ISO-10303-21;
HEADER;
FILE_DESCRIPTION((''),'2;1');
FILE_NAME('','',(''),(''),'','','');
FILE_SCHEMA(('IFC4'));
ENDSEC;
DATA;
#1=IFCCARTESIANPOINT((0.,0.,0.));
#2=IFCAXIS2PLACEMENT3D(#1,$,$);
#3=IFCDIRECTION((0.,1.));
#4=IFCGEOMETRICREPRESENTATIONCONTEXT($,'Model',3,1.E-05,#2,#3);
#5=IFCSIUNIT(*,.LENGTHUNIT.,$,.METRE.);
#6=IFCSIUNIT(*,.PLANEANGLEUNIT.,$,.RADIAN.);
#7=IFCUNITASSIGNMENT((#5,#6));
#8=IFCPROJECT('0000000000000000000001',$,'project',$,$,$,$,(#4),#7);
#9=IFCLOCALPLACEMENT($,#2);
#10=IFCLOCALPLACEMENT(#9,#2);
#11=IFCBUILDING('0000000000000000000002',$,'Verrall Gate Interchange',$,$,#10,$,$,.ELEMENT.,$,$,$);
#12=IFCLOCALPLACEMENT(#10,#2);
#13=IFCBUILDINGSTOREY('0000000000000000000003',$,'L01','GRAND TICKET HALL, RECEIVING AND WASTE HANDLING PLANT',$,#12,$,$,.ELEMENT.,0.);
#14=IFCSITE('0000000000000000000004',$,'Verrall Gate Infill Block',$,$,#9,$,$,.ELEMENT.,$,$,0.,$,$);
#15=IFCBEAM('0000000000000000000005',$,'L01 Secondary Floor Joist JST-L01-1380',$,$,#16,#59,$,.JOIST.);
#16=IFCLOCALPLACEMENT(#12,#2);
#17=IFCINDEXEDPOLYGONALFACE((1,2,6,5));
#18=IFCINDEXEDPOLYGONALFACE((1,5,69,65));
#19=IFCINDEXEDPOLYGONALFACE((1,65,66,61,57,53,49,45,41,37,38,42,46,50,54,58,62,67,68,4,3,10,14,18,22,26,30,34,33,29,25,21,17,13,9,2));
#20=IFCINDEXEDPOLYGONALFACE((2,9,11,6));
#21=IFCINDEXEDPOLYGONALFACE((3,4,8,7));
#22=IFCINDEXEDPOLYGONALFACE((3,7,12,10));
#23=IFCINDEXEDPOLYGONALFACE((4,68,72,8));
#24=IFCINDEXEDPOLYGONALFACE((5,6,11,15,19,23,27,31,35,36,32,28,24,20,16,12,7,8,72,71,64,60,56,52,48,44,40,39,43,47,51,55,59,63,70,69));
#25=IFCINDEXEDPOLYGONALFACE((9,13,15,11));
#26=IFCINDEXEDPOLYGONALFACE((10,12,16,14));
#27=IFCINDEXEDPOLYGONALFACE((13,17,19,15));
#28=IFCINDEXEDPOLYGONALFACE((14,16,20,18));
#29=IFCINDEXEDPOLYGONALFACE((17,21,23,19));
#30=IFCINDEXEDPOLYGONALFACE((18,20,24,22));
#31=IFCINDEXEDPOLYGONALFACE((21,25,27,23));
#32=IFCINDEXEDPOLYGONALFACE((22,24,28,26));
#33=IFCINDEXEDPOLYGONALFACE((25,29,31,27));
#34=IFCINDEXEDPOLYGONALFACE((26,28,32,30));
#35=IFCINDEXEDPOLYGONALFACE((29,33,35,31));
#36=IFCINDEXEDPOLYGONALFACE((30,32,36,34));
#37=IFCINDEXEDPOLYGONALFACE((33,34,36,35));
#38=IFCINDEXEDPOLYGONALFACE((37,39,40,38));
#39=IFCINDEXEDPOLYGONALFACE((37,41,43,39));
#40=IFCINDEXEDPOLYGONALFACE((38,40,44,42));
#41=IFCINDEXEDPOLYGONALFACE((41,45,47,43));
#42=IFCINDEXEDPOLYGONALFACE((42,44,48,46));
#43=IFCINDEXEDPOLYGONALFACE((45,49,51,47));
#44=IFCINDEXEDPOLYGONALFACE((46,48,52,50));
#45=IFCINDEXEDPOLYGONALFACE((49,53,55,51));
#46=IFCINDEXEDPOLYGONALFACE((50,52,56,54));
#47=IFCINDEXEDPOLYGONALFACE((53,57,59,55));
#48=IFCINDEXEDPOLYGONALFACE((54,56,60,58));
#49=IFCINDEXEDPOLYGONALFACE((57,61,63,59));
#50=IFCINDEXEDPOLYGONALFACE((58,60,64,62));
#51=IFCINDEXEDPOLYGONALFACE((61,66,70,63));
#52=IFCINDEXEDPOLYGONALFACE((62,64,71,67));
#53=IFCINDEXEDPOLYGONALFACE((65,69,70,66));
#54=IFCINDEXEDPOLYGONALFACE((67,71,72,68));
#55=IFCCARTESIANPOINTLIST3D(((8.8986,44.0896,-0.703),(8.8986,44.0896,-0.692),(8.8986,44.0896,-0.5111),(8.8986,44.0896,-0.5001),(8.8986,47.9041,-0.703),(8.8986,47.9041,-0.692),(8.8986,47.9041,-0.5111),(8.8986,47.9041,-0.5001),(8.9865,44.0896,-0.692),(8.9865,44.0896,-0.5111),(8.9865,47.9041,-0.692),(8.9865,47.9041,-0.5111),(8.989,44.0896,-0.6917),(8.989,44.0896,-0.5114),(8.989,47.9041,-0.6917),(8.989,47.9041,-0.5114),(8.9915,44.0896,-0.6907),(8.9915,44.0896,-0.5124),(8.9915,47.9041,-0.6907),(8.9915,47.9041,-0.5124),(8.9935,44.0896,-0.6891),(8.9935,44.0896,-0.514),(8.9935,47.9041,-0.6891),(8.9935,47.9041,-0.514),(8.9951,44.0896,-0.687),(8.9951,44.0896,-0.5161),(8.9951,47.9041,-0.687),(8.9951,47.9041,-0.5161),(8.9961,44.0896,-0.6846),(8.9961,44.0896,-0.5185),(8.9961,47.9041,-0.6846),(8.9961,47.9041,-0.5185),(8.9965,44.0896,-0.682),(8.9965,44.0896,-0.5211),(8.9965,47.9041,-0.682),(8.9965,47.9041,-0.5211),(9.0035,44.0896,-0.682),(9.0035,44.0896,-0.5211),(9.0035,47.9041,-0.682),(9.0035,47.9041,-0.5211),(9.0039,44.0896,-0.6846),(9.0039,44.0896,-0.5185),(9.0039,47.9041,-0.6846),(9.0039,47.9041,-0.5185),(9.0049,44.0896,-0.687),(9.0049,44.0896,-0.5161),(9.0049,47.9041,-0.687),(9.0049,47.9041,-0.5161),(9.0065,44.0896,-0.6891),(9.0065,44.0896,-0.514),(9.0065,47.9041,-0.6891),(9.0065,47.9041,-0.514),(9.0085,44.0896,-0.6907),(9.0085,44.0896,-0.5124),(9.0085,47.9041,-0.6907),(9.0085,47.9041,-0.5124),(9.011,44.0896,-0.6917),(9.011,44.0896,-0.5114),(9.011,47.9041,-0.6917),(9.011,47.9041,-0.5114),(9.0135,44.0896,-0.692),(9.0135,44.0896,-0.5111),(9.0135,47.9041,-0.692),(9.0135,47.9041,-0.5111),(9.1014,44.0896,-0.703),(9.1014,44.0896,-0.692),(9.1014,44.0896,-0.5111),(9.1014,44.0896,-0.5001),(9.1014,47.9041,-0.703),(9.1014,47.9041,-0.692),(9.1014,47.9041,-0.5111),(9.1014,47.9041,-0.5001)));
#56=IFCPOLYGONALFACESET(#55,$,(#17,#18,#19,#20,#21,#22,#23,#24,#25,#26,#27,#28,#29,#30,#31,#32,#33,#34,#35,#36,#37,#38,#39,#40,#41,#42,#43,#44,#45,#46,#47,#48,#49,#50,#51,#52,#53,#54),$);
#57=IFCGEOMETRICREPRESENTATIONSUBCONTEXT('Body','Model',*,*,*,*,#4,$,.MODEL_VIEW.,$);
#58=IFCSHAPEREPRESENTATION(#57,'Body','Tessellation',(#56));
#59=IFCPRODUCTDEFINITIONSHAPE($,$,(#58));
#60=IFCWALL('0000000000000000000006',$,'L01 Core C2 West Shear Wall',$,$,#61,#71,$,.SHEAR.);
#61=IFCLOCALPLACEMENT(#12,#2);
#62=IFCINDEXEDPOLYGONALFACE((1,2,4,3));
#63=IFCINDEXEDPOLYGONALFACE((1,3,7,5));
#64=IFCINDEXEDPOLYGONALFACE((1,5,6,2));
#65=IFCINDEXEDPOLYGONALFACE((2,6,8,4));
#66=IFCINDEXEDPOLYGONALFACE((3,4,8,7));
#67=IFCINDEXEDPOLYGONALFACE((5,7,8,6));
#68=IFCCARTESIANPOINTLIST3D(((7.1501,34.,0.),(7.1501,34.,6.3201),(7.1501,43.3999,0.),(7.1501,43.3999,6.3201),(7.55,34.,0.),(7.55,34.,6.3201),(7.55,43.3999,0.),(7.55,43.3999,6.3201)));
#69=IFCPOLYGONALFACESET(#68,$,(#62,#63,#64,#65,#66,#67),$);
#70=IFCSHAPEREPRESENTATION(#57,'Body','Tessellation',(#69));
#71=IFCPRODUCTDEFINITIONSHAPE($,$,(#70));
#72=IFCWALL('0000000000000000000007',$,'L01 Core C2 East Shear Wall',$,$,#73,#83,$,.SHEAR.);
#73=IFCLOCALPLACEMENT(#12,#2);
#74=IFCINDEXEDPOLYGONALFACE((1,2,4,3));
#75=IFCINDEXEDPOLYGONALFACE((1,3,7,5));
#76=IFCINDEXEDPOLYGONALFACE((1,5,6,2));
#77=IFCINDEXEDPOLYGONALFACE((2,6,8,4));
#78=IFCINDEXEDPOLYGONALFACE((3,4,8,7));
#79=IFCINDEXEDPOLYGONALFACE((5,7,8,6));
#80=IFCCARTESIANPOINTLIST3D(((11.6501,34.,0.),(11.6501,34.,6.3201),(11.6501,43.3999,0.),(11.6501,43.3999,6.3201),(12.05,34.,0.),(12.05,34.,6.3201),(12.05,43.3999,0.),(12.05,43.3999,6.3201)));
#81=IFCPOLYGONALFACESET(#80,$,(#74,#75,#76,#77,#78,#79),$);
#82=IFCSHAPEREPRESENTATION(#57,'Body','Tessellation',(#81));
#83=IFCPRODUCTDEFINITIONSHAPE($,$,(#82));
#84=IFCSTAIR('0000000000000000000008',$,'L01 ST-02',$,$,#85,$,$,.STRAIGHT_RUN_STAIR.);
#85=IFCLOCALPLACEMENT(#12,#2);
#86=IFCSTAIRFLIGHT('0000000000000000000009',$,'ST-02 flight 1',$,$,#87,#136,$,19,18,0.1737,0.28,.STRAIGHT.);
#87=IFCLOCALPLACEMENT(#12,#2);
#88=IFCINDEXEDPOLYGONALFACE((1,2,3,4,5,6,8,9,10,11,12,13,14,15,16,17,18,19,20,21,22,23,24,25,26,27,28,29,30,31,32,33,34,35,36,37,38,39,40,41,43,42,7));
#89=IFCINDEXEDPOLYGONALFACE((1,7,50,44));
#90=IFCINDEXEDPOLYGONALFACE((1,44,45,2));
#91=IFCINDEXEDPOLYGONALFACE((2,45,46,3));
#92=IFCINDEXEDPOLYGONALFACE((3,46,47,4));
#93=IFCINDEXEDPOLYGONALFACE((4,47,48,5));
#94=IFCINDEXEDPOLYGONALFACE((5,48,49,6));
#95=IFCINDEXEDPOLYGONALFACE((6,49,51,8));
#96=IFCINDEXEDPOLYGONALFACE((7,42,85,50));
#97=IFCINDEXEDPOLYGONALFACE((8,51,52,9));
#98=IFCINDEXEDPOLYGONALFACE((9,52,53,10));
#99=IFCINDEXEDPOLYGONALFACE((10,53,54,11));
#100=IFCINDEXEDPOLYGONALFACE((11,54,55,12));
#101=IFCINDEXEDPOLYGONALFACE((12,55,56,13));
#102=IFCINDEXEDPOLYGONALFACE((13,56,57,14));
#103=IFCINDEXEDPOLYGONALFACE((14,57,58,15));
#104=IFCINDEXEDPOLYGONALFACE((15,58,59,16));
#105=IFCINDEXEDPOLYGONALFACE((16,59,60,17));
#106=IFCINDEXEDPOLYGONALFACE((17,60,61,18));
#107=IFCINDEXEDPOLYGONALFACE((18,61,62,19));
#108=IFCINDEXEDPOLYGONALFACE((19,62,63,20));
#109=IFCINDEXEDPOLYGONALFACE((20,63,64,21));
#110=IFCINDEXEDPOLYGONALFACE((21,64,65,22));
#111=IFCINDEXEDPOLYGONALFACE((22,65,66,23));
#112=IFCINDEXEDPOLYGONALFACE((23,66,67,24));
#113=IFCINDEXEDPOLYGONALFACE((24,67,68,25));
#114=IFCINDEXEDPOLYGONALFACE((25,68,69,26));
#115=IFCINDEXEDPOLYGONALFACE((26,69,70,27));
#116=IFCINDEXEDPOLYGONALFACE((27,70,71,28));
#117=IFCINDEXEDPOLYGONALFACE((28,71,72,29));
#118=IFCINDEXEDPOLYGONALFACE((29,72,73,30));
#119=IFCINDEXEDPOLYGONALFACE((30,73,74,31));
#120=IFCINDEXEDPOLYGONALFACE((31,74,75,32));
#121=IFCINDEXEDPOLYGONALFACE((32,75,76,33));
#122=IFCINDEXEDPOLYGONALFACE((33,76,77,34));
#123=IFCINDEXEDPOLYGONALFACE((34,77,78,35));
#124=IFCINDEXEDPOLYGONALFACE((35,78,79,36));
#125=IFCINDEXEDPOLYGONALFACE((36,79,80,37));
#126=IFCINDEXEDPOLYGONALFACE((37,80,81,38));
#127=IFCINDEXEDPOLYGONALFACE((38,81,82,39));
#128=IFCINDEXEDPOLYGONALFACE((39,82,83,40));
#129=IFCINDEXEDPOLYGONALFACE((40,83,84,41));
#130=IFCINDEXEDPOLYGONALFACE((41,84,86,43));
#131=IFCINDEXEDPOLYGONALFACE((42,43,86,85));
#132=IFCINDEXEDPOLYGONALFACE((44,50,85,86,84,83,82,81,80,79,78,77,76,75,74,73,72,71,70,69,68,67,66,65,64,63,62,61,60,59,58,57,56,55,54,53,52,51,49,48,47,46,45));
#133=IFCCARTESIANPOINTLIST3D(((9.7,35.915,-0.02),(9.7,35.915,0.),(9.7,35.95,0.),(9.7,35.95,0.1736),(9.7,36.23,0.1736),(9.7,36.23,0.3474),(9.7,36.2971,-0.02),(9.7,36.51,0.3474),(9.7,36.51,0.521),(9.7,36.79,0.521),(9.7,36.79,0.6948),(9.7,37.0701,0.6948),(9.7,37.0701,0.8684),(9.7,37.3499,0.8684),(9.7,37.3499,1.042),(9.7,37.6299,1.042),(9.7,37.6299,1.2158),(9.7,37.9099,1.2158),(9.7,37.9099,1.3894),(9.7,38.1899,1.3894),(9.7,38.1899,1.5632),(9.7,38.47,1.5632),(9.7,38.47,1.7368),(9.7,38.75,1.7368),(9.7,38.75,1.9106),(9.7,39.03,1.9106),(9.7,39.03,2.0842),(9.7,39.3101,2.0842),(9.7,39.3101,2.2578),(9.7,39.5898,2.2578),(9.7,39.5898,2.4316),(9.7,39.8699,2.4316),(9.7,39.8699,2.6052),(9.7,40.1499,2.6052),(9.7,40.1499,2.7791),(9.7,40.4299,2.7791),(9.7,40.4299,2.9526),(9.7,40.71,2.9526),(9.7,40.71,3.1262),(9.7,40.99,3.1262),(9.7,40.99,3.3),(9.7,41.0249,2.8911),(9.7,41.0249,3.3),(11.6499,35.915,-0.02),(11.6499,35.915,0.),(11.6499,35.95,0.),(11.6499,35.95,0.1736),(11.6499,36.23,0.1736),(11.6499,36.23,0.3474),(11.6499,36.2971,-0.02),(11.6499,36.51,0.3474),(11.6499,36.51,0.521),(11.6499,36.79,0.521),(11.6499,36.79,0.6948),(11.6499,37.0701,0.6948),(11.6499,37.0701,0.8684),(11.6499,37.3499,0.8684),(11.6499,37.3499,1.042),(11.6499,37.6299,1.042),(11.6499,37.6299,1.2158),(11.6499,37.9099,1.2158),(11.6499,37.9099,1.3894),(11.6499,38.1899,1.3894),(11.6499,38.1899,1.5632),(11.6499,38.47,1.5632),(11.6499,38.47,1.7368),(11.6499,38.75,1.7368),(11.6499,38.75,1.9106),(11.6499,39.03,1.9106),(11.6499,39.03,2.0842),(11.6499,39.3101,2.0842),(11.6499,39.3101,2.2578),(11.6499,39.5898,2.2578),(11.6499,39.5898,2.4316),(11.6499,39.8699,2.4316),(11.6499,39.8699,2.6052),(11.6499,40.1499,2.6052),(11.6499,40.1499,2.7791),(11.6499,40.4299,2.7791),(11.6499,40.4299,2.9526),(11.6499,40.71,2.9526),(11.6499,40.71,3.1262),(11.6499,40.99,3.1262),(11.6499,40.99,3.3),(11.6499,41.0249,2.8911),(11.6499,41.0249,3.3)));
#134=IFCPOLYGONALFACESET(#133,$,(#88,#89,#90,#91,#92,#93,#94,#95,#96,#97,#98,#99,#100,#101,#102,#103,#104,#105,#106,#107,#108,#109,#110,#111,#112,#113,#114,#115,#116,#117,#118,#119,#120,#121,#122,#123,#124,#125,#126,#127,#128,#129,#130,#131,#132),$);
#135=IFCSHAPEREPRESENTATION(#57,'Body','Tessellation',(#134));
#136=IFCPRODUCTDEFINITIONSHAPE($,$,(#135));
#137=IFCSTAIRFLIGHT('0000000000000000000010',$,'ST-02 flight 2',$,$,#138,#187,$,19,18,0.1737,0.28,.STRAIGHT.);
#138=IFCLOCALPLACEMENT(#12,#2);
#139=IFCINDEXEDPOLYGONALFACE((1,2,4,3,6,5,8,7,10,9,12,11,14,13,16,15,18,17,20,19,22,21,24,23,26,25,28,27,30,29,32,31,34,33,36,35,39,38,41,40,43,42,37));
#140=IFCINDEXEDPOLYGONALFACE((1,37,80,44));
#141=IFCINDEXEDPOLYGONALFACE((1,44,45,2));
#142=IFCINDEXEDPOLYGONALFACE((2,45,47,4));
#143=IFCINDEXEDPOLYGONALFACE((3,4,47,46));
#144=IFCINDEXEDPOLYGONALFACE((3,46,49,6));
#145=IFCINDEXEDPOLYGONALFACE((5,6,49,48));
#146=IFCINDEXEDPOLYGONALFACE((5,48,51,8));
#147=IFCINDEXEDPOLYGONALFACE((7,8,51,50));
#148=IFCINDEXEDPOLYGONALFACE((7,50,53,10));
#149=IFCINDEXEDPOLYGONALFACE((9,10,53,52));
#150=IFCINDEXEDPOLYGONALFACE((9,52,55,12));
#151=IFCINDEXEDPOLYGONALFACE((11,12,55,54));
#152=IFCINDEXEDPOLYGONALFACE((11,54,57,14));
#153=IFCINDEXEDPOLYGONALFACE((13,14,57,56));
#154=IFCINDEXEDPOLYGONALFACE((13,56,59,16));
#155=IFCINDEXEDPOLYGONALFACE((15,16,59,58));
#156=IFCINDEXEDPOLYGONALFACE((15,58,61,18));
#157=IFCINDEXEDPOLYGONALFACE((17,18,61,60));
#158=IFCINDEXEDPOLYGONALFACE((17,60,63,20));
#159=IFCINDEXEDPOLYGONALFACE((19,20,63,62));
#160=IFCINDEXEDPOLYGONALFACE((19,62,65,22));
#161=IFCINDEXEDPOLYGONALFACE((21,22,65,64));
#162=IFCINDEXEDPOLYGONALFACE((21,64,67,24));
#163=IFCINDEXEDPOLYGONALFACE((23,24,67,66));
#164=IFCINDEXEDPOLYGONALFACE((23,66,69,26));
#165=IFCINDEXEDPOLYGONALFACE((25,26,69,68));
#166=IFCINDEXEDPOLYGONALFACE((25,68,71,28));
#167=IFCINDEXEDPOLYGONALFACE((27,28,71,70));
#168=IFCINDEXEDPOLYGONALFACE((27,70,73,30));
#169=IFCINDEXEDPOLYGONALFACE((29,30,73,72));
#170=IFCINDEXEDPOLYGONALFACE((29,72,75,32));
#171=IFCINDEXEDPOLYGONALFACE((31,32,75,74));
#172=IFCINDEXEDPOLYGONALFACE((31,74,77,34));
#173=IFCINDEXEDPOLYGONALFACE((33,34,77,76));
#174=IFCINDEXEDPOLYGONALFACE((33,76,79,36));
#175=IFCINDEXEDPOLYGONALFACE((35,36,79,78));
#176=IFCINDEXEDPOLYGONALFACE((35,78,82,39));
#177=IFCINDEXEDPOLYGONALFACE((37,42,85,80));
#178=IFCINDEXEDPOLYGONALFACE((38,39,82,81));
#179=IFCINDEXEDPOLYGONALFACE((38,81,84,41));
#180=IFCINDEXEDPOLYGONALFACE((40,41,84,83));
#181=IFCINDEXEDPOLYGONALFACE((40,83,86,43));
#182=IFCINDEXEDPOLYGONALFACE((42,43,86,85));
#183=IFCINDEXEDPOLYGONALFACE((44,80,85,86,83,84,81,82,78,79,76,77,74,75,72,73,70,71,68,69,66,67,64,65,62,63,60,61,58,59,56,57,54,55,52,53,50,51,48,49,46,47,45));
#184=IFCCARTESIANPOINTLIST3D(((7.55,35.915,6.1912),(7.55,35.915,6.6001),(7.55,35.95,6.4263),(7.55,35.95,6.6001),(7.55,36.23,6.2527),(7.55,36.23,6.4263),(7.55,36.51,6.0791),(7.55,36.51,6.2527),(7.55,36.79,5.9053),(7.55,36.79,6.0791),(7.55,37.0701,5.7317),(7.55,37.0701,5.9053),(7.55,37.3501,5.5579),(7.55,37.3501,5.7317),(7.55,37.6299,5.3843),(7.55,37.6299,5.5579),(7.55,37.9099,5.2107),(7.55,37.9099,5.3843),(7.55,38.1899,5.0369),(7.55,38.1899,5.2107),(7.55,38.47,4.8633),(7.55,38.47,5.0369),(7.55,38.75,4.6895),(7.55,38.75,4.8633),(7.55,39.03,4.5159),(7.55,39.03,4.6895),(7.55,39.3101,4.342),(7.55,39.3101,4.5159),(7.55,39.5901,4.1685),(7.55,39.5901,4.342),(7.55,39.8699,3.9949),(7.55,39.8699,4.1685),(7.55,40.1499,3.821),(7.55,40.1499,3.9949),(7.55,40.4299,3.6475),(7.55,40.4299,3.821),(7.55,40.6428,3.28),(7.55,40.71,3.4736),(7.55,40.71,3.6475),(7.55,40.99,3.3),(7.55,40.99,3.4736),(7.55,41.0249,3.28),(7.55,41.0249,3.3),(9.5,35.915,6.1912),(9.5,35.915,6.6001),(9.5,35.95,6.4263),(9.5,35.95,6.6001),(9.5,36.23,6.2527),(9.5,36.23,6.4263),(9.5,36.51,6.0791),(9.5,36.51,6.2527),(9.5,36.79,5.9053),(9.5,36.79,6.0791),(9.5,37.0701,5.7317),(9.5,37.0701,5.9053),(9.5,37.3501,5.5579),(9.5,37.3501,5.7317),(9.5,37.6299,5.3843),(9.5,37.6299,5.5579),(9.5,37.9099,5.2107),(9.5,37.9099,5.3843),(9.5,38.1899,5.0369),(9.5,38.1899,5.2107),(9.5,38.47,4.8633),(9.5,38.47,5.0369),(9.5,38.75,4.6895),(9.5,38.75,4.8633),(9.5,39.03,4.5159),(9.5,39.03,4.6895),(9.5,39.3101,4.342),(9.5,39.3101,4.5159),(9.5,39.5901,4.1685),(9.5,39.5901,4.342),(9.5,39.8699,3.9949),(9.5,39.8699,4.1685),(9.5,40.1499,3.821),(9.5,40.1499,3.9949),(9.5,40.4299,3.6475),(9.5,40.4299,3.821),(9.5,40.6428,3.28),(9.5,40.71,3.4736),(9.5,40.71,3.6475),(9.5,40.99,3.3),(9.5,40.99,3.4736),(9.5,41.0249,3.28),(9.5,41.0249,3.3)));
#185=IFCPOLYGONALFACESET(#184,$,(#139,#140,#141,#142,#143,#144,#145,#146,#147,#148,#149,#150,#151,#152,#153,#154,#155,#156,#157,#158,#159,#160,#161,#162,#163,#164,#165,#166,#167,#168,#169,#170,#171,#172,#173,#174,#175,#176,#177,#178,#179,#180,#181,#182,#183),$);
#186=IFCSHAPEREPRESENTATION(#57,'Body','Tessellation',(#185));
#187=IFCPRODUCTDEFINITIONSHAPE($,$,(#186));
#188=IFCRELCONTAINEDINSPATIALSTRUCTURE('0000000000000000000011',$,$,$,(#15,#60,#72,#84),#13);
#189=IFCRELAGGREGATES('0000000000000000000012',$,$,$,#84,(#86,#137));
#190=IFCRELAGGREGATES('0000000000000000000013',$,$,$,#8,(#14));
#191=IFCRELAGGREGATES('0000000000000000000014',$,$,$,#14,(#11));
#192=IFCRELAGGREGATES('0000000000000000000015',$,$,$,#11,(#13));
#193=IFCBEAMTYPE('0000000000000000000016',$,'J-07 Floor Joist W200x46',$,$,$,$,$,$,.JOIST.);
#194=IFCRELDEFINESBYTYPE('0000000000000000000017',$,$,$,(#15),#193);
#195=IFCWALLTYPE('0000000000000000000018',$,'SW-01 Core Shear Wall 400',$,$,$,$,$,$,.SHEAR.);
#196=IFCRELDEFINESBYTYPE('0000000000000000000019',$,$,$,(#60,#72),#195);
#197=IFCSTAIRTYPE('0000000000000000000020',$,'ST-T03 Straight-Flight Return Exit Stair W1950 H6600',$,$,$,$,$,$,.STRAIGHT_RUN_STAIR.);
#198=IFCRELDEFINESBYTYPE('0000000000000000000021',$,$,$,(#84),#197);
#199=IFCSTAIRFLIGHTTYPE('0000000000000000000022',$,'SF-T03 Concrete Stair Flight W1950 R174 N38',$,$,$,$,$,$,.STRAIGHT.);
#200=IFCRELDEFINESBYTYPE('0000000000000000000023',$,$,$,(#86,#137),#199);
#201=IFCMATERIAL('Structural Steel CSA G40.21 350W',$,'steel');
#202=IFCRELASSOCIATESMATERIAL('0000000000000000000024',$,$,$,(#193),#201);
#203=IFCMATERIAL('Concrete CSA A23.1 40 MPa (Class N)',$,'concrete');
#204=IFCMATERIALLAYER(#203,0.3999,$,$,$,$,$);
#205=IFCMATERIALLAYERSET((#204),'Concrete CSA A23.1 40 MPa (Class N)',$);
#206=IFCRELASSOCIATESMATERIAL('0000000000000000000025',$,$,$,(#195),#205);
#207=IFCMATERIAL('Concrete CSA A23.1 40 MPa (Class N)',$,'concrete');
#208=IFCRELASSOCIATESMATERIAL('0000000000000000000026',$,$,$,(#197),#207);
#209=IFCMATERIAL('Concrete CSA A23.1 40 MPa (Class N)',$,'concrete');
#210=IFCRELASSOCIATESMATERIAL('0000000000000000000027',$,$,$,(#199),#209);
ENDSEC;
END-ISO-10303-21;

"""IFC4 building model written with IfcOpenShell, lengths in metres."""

from ifc_helpers import new_model, si_unit, direction, frame, frame_2d, origin, origin_2d, place, context, subcontext, project, spatial, polyline, rectangle, i_section, outline, extrude, material, layer, layer_set, material_profile, profile_set, type_object, element, aggregate, save


model = new_model("IFC4")

# Units and contexts
model_context = context("Model", 3, precision=1e-05, world=origin(), true_north=direction((0.0, 1.0)))
body_context = subcontext(model_context, "Body", "Model", "MODEL_VIEW")
ifc_project = project(units=[si_unit("LENGTHUNIT", "METRE"), si_unit("PLANEANGLEUNIT", "RADIAN")], contexts=[model_context])

# Site, building, storey
site_placement = place(None, origin())
site = spatial("IfcSite", under=ifc_project, at=site_placement, Name="Verrall Gate Infill Block", CompositionType="ELEMENT", RefElevation=0.0)
building_placement = place(site_placement, origin())
building = spatial("IfcBuilding", under=site, at=building_placement, Name="Verrall Gate Interchange", CompositionType="ELEMENT")
storey_placement = place(building_placement, origin())
storey = spatial("IfcBuildingStorey", under=building, at=storey_placement, Name="L01", Description="GRAND TICKET HALL, RECEIVING AND WASTE HANDLING PLANT", CompositionType="ELEMENT", Elevation=0.0)

# Beam
ifc_material_1 = material(Name="Structural Steel CSA G40.21 350W", Category="steel")
ifc_material_profile_1 = material_profile(ifc_material_1, i_section(OverallWidth=0.2029, OverallDepth=0.2029, WebThickness=0.0071, FlangeThickness=0.011, FilletRadius=0.01, at=origin_2d()), Name="W200x46")
ifc_profile_set_1 = profile_set([ifc_material_profile_1], Name="Structural Steel CSA G40.21 350W")
beam_type_1 = type_object("IfcBeamType", Name="J-07 Floor Joist W200x46", PredefinedType="JOIST", material=ifc_profile_set_1)
beam_1_placement = place(storey_placement, frame((9.0, 44.0896, -0.6016), z_axis=(0.0, 1.0, 0.0), x_axis=(-1.0, 0.0, 0.0)))
element("IfcBeam", 1, at=beam_1_placement, inside=storey, type_object=beam_type_1, Name="L01 Secondary Floor Joist JST-L01-1380", PredefinedType="JOIST", context=body_context, shape_type="SweptSolid", body=[
    extrude(i_section(OverallWidth=0.2029, OverallDepth=0.2029, WebThickness=0.0071, FlangeThickness=0.011, FilletRadius=0.01, at=origin_2d()), origin(), (0.0, 0.0, 1.0), 3.8145),
])

# Walls
ifc_material_2 = material(Name="Concrete CSA A23.1 40 MPa (Class N)", Category="concrete")
ifc_layer = layer(ifc_material_2, 0.3999)
ifc_layer_set = layer_set([ifc_layer], Name="Concrete CSA A23.1 40 MPa (Class N)")
wall_type = type_object("IfcWallType", Name="SW-01 Core Shear Wall 400", PredefinedType="SHEAR", material=ifc_layer_set)
for number, where, z_axis, x_axis, name in (
    (2, (7.3501, 43.3999, 0.0), (0.0, 0.0, 1.0), (0.0, -1.0, 0.0), "L01 Core C2 West Shear Wall"),
    (3, (11.8501, 34.0, 0.0), (0.0, 0.0, 1.0), (0.0, 1.0, 0.0), "L01 Core C2 East Shear Wall"),
):
    element("IfcWall", number, at=place(storey_placement, frame(where, z_axis=z_axis, x_axis=x_axis)), inside=storey, type_object=wall_type, Name=name, PredefinedType="SHEAR", context=body_context, shape_type="SweptSolid", body=[
        extrude(rectangle(XDim=9.3999, YDim=0.3999, at=frame_2d((4.7, 0.0))), origin(), (0.0, 0.0, 1.0), 6.3201),
    ])

# Stair, stair flights
ifc_material_3 = material(Name="Concrete CSA A23.1 40 MPa (Class N)", Category="concrete")
stair_type = type_object("IfcStairType", Name="ST-T03 Straight-Flight Return Exit Stair W1950 H6600", PredefinedType="STRAIGHT_RUN_STAIR", material=ifc_material_3)
stair_placement = place(storey_placement, origin())
stair = element("IfcStair", 4, at=stair_placement, inside=storey, type_object=stair_type, Name="L01 ST-02", PredefinedType="STRAIGHT_RUN_STAIR")
ifc_material_4 = material(Name="Concrete CSA A23.1 40 MPa (Class N)", Category="concrete")
stair_flight_type = type_object("IfcStairFlightType", Name="SF-T03 Concrete Stair Flight W1950 R174 N38", PredefinedType="STRAIGHT", material=ifc_material_4)
stair_flight_1_placement = place(storey_placement, frame((10.675, 35.95, 0.0), z_axis=(0.0, 0.0, 1.0), x_axis=(0.0, 1.0, 0.0)))
stair_flight_1 = element("IfcStairFlight", 5, at=stair_flight_1_placement, type_object=stair_flight_type, Name="ST-02 flight 1", NumberOfRisers=19, NumberOfTreads=18, PredefinedType="STRAIGHT", RiserHeight=0.1737, TreadLength=0.28, context=body_context, shape_type="SweptSolid", body=[
    extrude(outline(polyline([(-0.0349, -0.02), (-0.0349, 0.0), (0.0, 0.0), (0.0, 0.1736), (0.28, 0.1736), (0.28, 0.3474), (0.5601, 0.3474), (0.5601, 0.521), (0.8401, 0.521), (0.8401, 0.6948), (1.1201, 0.6948), (1.1201, 0.8684), (1.3999, 0.8684), (1.3999, 1.042), (1.6799, 1.042), (1.6799, 1.2158), (1.96, 1.2158), (1.96, 1.3894), (2.24, 1.3894), (2.24, 1.5632), (2.52, 1.5632), (2.52, 1.7368), (2.8, 1.7368), (2.8, 1.9106), (3.0801, 1.9106), (3.0801, 2.0842), (3.3601, 2.0842), (3.3601, 2.2578), (3.6399, 2.2578), (3.6399, 2.4316), (3.9199, 2.4316), (3.9199, 2.6052), (4.2, 2.6052), (4.2, 2.7791), (4.48, 2.7791), (4.48, 2.9526), (4.76, 2.9526), (4.76, 3.1262), (5.04, 3.1262), (5.04, 3.3), (5.075, 3.3), (5.075, 2.8911), (0.3472, -0.02), (-0.0349, -0.02)])), frame((0.0, 0.9751, 0.0), z_axis=(0.0, -1.0, 0.0), x_axis=(1.0, 0.0, 0.0)), (0.0, 0.0, 1.0), 1.95),
])
stair_flight_2_placement = place(storey_placement, frame((8.5249, 40.99, 3.3), z_axis=(0.0, 0.0, 1.0), x_axis=(0.0, -1.0, 0.0)))
stair_flight_2 = element("IfcStairFlight", 6, at=stair_flight_2_placement, type_object=stair_flight_type, Name="ST-02 flight 2", NumberOfRisers=19, NumberOfTreads=18, PredefinedType="STRAIGHT", RiserHeight=0.1737, TreadLength=0.28, context=body_context, shape_type="SweptSolid", body=[
    extrude(outline(polyline([(-0.0349, -0.02), (-0.0349, 0.0), (0.0, 0.0), (0.0, 0.1736), (0.28, 0.1736), (0.28, 0.3474), (0.5601, 0.3474), (0.5601, 0.521), (0.8401, 0.521), (0.8401, 0.6948), (1.1201, 0.6948), (1.1201, 0.8684), (1.3999, 0.8684), (1.3999, 1.042), (1.6799, 1.042), (1.6799, 1.2158), (1.96, 1.2158), (1.96, 1.3894), (2.24, 1.3894), (2.24, 1.5632), (2.52, 1.5632), (2.52, 1.7368), (2.8, 1.7368), (2.8, 1.9106), (3.0801, 1.9106), (3.0801, 2.0842), (3.3601, 2.0842), (3.3601, 2.2578), (3.6399, 2.2578), (3.6399, 2.4316), (3.9199, 2.4316), (3.9199, 2.6052), (4.2, 2.6052), (4.2, 2.7791), (4.48, 2.7791), (4.48, 2.9526), (4.76, 2.9526), (4.76, 3.1262), (5.04, 3.1262), (5.04, 3.3), (5.075, 3.3), (5.075, 2.8911), (0.3472, -0.02), (-0.0349, -0.02)])), frame((0.0, 0.9751, 0.0), z_axis=(0.0, -1.0, 0.0), x_axis=(1.0, 0.0, 0.0)), (0.0, 0.0, 1.0), 1.95),
])
aggregate(stair, [stair_flight_1, stair_flight_2])

save(model, "model.ifc")
